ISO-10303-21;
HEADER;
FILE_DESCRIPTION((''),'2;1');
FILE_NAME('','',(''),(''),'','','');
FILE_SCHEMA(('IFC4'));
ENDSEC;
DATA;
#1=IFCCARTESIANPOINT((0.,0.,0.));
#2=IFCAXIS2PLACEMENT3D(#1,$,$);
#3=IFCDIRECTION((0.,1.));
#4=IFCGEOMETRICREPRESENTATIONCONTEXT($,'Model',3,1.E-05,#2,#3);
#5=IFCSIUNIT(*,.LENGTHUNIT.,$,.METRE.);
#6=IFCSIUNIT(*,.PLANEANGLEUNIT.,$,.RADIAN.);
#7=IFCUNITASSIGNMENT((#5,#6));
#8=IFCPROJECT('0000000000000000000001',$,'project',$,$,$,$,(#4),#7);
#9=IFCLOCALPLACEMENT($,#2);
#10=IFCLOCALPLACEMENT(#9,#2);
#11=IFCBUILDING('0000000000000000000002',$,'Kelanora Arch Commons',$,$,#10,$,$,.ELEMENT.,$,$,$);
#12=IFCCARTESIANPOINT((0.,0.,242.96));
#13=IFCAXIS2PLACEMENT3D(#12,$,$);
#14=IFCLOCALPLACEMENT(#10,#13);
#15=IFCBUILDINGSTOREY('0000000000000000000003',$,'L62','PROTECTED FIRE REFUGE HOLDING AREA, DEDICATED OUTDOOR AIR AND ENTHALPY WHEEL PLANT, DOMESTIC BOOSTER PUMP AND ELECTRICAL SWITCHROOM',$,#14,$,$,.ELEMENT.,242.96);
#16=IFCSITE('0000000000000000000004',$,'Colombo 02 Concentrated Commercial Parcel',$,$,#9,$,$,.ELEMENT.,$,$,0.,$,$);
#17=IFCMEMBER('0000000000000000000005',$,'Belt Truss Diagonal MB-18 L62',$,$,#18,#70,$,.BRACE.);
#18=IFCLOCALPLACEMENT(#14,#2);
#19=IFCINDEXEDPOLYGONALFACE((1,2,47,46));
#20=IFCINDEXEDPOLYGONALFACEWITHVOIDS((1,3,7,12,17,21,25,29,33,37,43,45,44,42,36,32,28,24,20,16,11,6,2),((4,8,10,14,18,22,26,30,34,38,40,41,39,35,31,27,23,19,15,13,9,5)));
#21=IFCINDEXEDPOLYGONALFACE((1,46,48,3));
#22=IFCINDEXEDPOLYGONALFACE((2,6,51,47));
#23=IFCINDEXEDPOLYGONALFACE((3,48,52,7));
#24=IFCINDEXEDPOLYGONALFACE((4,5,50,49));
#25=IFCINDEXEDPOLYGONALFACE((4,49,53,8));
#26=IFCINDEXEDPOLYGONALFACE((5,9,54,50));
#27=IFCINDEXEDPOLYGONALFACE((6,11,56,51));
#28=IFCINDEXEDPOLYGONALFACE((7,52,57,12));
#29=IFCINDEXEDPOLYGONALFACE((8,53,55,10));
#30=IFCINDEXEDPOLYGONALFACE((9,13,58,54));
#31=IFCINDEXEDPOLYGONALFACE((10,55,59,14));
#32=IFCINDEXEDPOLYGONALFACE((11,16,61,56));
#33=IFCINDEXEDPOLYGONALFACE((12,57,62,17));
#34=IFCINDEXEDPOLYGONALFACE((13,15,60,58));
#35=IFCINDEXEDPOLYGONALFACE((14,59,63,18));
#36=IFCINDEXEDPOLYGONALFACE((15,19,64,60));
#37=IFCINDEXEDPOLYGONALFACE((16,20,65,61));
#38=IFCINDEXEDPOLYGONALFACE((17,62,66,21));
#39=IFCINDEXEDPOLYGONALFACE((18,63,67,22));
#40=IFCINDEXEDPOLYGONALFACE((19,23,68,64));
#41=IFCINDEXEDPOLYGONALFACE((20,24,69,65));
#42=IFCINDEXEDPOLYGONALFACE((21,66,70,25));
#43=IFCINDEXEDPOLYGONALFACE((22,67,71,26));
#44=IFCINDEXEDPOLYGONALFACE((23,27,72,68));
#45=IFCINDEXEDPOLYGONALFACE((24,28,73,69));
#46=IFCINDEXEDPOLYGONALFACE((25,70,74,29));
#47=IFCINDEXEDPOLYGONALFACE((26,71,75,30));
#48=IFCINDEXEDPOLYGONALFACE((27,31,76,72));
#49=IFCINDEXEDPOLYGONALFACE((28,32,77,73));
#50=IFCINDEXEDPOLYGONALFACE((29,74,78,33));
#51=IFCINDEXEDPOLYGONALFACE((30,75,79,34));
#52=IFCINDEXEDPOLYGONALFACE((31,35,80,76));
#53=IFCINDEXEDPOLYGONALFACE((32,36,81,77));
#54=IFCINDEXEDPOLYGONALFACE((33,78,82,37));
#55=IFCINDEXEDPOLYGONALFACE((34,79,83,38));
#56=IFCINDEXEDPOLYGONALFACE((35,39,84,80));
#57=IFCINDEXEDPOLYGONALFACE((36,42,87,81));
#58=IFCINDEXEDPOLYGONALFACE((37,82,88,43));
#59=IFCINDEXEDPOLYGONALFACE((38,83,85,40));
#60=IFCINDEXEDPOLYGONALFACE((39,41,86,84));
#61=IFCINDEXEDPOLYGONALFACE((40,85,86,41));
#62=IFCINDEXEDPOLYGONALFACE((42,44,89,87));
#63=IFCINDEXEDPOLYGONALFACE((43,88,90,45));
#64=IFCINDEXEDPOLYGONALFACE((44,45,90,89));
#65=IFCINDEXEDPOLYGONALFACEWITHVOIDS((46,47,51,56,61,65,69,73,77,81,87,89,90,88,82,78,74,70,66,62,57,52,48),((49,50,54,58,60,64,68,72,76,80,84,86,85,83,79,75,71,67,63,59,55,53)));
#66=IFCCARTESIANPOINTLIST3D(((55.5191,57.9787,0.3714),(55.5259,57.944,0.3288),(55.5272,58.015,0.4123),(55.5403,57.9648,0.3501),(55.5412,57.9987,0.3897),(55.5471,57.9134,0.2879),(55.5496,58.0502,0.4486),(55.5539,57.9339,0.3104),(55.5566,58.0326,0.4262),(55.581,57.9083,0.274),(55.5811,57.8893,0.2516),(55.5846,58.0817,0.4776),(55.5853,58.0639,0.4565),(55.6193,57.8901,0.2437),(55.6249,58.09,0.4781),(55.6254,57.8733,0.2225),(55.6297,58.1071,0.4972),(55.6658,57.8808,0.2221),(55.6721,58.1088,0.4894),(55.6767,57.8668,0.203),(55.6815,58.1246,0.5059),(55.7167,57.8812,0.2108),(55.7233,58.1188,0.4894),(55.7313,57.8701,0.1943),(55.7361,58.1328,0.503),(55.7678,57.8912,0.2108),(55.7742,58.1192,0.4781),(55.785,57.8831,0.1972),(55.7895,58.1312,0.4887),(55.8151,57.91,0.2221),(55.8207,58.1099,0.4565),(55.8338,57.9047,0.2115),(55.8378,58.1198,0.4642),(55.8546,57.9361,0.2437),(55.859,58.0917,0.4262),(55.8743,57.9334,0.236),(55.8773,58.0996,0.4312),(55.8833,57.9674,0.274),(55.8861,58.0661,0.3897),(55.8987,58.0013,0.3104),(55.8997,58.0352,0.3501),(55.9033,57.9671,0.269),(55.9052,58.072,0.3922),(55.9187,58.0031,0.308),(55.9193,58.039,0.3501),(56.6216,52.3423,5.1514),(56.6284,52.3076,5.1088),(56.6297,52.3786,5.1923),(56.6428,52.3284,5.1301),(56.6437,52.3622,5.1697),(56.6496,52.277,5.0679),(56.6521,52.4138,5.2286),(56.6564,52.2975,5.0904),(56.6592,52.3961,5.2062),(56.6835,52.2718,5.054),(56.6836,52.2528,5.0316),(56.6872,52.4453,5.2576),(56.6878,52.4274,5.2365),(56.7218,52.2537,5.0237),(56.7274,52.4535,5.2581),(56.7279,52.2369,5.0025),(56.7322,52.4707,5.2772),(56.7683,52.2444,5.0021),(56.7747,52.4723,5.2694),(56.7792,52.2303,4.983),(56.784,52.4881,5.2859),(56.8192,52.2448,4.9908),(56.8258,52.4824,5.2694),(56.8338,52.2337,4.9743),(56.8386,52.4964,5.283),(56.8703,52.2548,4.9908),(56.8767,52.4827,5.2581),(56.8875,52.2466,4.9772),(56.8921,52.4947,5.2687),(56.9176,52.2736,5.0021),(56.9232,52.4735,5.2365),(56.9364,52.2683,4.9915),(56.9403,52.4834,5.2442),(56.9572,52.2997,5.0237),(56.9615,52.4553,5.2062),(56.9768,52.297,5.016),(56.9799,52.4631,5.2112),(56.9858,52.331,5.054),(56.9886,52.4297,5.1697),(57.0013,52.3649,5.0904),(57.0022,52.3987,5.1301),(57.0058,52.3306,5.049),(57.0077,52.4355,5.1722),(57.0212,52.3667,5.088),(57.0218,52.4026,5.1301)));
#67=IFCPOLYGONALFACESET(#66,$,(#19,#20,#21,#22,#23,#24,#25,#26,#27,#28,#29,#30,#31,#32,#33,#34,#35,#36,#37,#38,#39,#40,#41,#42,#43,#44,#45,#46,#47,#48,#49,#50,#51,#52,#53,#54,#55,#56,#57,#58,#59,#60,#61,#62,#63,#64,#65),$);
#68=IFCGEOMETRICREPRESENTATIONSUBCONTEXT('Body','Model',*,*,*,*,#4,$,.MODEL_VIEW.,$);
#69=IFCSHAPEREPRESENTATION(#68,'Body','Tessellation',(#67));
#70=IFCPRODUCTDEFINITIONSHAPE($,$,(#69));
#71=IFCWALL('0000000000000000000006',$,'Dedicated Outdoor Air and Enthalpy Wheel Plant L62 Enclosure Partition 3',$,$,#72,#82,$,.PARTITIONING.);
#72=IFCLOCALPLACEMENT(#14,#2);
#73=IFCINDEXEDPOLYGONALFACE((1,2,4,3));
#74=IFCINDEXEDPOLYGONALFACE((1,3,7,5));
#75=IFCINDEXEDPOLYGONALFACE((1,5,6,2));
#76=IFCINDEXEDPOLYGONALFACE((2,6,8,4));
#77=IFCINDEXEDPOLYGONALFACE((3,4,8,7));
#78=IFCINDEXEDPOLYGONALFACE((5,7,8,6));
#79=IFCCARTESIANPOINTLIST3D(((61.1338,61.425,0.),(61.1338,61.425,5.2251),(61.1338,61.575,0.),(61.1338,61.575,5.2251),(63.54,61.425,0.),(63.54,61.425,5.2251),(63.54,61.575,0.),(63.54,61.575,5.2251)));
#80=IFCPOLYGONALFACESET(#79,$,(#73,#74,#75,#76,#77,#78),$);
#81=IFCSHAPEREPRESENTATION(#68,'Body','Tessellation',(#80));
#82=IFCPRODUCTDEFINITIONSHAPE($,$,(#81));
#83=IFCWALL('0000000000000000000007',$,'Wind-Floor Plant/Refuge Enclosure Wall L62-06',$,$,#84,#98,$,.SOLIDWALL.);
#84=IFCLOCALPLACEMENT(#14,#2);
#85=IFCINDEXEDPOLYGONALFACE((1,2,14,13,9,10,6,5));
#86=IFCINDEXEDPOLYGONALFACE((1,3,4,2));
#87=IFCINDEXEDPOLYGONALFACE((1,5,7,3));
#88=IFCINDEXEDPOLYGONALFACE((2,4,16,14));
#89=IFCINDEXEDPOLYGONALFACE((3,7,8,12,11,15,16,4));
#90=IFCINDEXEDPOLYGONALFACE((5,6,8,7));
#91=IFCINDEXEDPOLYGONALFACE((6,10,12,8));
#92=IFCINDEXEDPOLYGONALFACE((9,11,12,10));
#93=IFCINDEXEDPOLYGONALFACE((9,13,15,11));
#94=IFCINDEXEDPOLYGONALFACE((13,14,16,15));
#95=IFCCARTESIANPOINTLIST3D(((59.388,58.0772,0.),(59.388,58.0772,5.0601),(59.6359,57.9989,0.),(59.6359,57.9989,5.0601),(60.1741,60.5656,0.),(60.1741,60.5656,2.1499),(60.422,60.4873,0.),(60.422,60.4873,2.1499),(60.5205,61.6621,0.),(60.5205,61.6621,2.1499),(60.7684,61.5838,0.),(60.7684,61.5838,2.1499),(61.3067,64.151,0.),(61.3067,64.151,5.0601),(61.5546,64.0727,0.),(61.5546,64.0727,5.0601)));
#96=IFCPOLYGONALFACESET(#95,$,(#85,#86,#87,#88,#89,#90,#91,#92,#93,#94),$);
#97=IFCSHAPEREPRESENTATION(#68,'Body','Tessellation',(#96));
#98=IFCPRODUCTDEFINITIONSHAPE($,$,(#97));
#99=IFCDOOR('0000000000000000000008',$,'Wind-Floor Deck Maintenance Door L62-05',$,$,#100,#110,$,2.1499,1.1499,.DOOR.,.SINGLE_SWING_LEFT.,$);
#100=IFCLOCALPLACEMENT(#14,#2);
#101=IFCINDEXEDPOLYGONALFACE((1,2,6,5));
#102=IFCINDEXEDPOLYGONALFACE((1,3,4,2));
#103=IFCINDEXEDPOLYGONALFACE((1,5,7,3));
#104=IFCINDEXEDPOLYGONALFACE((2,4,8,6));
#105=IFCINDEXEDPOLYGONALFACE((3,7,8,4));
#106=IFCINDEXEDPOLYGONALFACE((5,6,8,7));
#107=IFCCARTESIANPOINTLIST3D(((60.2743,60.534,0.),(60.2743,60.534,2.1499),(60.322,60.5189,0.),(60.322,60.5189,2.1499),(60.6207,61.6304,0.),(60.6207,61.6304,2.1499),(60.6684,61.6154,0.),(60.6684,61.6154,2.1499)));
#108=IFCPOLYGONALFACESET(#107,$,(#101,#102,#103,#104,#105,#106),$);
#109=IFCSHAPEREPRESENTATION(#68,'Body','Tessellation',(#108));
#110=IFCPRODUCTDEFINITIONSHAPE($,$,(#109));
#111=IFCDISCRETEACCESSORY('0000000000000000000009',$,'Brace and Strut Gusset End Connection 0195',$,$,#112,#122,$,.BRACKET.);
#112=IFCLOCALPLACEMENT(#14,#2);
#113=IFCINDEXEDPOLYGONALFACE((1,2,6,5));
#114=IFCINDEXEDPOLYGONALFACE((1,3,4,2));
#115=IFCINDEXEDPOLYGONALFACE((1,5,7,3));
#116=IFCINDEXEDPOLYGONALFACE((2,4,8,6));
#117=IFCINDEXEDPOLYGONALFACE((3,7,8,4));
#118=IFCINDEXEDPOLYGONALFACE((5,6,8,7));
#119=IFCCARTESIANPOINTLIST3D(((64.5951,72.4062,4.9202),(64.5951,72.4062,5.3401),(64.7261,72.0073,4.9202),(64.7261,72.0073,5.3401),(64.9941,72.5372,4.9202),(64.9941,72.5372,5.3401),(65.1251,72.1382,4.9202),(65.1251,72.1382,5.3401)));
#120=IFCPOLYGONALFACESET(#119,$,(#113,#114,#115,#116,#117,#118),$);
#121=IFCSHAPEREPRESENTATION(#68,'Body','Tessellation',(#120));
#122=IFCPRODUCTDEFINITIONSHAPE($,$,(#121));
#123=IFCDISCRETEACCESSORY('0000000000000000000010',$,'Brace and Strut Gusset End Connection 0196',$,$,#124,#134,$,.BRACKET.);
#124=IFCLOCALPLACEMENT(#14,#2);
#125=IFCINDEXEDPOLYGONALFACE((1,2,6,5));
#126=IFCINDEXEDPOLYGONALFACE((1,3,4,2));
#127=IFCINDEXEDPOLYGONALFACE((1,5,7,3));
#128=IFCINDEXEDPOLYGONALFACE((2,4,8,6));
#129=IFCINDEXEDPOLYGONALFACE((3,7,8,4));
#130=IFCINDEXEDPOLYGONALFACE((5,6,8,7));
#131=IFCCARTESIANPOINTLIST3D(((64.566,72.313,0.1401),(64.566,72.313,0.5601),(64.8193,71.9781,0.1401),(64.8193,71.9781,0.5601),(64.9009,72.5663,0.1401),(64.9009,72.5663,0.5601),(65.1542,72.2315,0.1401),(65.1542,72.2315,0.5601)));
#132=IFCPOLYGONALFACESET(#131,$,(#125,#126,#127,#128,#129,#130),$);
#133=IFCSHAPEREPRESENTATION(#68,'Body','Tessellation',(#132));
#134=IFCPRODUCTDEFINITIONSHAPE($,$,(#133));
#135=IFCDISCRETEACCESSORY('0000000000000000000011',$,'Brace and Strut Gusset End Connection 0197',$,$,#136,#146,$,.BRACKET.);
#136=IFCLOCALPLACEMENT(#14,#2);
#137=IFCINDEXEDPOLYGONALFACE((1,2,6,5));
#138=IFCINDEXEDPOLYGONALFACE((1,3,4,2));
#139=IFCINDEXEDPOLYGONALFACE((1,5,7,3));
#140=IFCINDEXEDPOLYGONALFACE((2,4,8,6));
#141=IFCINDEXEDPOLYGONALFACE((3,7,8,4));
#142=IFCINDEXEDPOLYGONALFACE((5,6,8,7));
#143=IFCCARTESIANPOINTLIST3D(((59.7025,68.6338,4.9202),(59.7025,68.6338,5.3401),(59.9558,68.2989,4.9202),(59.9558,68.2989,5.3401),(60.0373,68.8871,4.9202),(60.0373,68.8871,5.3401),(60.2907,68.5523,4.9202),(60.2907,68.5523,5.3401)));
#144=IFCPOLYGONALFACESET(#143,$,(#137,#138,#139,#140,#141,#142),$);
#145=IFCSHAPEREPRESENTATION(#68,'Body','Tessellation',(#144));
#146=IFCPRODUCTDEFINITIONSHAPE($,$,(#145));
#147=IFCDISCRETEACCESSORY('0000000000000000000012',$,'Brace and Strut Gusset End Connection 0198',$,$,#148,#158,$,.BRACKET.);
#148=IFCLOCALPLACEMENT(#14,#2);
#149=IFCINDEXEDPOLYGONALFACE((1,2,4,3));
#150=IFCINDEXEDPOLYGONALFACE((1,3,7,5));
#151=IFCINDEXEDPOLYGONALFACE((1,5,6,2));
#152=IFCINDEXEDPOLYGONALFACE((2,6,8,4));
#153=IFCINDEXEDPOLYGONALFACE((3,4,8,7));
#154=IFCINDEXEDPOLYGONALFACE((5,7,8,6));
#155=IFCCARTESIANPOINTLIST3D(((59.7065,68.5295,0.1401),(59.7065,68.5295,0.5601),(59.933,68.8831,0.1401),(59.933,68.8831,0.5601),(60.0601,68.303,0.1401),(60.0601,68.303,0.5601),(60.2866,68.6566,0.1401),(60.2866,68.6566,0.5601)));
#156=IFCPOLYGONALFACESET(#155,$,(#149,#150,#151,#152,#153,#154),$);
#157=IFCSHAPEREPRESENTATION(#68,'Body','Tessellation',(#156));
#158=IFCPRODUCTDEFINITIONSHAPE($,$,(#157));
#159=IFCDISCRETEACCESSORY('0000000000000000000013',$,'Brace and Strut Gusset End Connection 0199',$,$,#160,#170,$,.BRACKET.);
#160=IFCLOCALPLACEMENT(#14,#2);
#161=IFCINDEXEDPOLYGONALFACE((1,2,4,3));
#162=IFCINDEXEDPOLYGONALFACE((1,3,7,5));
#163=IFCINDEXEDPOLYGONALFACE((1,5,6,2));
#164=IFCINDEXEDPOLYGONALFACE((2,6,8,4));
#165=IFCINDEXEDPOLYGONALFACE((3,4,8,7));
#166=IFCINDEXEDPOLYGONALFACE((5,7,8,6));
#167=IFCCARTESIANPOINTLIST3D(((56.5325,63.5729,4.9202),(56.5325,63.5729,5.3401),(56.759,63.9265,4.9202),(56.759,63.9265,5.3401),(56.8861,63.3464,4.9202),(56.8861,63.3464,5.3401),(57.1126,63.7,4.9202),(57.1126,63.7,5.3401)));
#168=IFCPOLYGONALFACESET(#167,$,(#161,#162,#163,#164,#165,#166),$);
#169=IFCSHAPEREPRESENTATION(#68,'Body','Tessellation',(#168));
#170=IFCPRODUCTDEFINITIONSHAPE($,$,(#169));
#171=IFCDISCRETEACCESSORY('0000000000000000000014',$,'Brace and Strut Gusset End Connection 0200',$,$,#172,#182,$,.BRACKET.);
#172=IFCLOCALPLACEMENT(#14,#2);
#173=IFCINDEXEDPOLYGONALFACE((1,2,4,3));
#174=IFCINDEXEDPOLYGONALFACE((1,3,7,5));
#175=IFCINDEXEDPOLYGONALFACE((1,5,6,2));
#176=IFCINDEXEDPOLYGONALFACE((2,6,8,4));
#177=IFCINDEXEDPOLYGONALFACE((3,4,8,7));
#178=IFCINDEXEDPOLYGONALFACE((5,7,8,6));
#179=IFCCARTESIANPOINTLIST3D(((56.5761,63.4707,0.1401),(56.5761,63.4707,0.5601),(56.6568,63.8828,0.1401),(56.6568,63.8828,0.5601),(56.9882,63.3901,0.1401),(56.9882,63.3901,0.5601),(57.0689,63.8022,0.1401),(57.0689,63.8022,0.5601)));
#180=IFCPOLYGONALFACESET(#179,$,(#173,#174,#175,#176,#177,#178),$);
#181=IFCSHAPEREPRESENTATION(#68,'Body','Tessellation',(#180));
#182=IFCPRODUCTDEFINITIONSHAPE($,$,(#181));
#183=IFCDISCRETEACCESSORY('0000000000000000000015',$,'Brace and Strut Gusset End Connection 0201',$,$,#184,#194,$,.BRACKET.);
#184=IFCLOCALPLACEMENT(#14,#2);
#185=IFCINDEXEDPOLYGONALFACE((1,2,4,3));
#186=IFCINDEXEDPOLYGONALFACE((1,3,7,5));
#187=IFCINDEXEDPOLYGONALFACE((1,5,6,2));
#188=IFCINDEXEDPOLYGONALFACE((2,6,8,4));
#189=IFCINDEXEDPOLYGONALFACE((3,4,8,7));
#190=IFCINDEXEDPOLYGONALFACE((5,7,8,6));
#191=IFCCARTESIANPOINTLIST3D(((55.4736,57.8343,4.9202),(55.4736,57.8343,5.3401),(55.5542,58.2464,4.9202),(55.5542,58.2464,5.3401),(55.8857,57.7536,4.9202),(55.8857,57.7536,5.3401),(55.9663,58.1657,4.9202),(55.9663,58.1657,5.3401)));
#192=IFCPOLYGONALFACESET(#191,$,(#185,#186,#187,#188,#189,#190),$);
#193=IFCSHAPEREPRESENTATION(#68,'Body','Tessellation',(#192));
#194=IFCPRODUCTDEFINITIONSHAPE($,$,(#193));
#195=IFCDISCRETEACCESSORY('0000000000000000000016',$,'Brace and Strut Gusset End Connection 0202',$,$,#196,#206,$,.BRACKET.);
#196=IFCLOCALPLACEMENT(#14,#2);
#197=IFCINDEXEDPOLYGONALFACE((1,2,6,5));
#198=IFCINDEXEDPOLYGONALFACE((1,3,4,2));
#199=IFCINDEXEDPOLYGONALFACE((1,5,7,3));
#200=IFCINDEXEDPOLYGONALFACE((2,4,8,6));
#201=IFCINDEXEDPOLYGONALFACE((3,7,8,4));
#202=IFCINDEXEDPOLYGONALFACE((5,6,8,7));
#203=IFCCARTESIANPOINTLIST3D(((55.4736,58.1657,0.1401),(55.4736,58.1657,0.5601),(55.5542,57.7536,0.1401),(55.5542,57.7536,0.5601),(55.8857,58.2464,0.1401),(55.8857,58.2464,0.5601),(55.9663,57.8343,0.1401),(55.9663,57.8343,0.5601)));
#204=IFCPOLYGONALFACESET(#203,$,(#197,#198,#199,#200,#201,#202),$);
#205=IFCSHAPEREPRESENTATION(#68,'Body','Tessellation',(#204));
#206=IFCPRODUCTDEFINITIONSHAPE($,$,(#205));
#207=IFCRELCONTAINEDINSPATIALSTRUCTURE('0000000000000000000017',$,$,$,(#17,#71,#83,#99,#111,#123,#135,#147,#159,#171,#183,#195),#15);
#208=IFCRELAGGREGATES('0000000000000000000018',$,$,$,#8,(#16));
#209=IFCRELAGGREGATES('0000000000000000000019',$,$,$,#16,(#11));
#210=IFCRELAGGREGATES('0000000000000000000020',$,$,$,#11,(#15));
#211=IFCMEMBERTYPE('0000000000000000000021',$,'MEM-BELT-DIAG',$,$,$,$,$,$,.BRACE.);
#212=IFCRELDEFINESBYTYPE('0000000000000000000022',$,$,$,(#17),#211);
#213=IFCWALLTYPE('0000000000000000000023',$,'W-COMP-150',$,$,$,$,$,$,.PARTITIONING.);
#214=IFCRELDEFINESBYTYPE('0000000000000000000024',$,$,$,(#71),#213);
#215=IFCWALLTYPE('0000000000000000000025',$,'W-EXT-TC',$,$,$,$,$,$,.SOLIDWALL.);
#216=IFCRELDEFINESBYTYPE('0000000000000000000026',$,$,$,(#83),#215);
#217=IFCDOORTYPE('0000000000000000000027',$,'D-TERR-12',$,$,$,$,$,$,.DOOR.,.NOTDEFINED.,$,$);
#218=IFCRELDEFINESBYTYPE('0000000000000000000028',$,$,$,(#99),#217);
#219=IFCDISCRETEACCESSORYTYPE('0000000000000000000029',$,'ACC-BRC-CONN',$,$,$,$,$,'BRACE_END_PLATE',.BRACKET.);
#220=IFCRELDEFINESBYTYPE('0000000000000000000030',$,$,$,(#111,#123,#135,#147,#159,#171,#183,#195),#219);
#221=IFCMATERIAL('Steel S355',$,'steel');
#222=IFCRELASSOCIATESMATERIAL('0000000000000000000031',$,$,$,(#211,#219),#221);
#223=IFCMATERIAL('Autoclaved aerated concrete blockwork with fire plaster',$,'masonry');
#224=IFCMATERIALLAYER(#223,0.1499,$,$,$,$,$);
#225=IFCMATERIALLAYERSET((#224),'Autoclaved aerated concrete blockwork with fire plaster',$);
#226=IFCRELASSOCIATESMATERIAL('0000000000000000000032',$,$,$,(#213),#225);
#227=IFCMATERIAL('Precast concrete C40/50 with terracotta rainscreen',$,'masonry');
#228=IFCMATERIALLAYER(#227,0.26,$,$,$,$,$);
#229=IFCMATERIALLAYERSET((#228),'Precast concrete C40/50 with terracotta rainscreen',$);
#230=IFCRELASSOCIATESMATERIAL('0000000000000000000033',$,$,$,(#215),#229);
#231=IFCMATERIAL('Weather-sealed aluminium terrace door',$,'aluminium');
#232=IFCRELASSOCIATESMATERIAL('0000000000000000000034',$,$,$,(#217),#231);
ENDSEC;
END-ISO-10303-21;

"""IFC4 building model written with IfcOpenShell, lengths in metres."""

from ifc_helpers import new_model, si_unit, direction, frame, frame_2d, origin, origin_2d, place, context, subcontext, project, spatial, rectangle, hollow_circle, extrude, source, transform, mapped, material, layer, layer_set, material_profile, profile_set, type_object, element, fill, save


model = new_model("IFC4")

# Units and contexts
model_context = context("Model", 3, precision=1e-05, world=origin(), true_north=direction((0.0, 1.0)))
body_context = subcontext(model_context, "Body", "Model", "MODEL_VIEW")
ifc_project = project(units=[si_unit("LENGTHUNIT", "METRE"), si_unit("PLANEANGLEUNIT", "RADIAN")], contexts=[model_context])

# Site, building, storey
site_placement = place(None, origin())
site = spatial("IfcSite", under=ifc_project, at=site_placement, Name="Colombo 02 Concentrated Commercial Parcel", CompositionType="ELEMENT", RefElevation=0.0)
building_placement = place(site_placement, origin())
building = spatial("IfcBuilding", under=site, at=building_placement, Name="Kelanora Arch Commons", CompositionType="ELEMENT")
storey_placement = place(building_placement, frame((0.0, 0.0, 242.96)))
storey = spatial("IfcBuildingStorey", under=building, at=storey_placement, Name="L62", Description="PROTECTED FIRE REFUGE HOLDING AREA, DEDICATED OUTDOOR AIR AND ENTHALPY WHEEL PLANT, DOMESTIC BOOSTER PUMP AND ELECTRICAL SWITCHROOM", CompositionType="ELEMENT", Elevation=242.96)

# Shared definitions
ifc_material_1 = material(Name="Steel S355", Category="steel")

# Member
ifc_material_profile_1 = material_profile(ifc_material_1, hollow_circle(Radius=0.2031, WallThickness=0.02, at=origin_2d()), Name="CHS406.4x20")
ifc_profile_set_1 = profile_set([ifc_material_profile_1], Name="Steel S355")
member_type = type_object("IfcMemberType", Name="MEM-BELT-DIAG", PredefinedType="BRACE", material=ifc_profile_set_1)
for number, where, z_axis, x_axis, name in (
    (1, (55.72, 58.0, 0.3501), (0.147552, -0.754324, 0.639706), (0.981401, 0.19197, 0.0), "Belt Truss Diagonal MB-18 L62"),
):
    element("IfcMember", number, at=place(storey_placement, frame(where, z_axis=z_axis, x_axis=x_axis)), inside=storey, type_object=member_type, Name=name, PredefinedType="BRACE", context=body_context, shape_type="SweptSolid", body=[
        extrude(hollow_circle(Radius=0.2031, WallThickness=0.02, at=origin_2d()), origin(), (0.0, 0.0, 1.0), 7.4722),
    ])

# Wall
ifc_material_2 = material(Name="Autoclaved aerated concrete blockwork with fire plaster", Category="masonry")
ifc_layer_1 = layer(ifc_material_2, 0.1499)
ifc_layer_set_1 = layer_set([ifc_layer_1], Name="Autoclaved aerated concrete blockwork with fire plaster")
wall_type_1 = type_object("IfcWallType", Name="W-COMP-150", PredefinedType="PARTITIONING", material=ifc_layer_set_1)
wall_1_placement = place(storey_placement, frame((63.54, 61.5, 0.0), z_axis=(0.0, 0.0, 1.0), x_axis=(-1.0, 0.0, 0.0)))
element("IfcWall", 2, at=wall_1_placement, inside=storey, type_object=wall_type_1, Name="Dedicated Outdoor Air and Enthalpy Wheel Plant L62 Enclosure Partition 3", PredefinedType="PARTITIONING", context=body_context, shape_type="SweptSolid", body=[
    extrude(rectangle(XDim=2.4062, YDim=0.1499, at=frame_2d((1.2031, 0.0))), origin(), (0.0, 0.0, 1.0), 5.2251),
])

# Wall, opening, door
ifc_material_3 = material(Name="Precast concrete C40/50 with terracotta rainscreen", Category="masonry")
ifc_layer_2 = layer(ifc_material_3, 0.26)
ifc_layer_set_2 = layer_set([ifc_layer_2], Name="Precast concrete C40/50 with terracotta rainscreen")
wall_type_2 = type_object("IfcWallType", Name="W-EXT-TC", PredefinedType="SOLIDWALL", material=ifc_layer_set_2)
wall_2_placement = place(storey_placement, frame((61.4307, 64.1118, 0.0), z_axis=(0.0, 0.0, 1.0), x_axis=(-0.301229, -0.953552, 0.0)))
wall_2 = element("IfcWall", 3, at=wall_2_placement, inside=storey, type_object=wall_type_2, Name="Wind-Floor Plant/Refuge Enclosure Wall L62-06", PredefinedType="SOLIDWALL", context=body_context, shape_type="SweptSolid", body=[
    extrude(rectangle(XDim=6.3696, YDim=0.26, at=frame_2d((3.1848, 0.0))), origin(), (0.0, 0.0, 1.0), 5.0601),
])
opening_placement = place(wall_2_placement, frame((2.6101, 0.0, 0.0)))
opening = element("IfcOpeningElement", 4, at=opening_placement, cuts=wall_2, PredefinedType="OPENING", context=body_context, shape_type="SweptSolid", body=[
    extrude(rectangle(XDim=1.1499, YDim=2.1499, at=frame_2d((0.575, 1.075))), frame((0.0, 0.1401, 0.0), z_axis=(0.0, -1.0, 0.0), x_axis=(1.0, 0.0, 0.0)), (0.0, 0.0, 1.0), 0.28),
])
ifc_material_4 = material(Name="Weather-sealed aluminium terrace door", Category="aluminium")
door_type = type_object("IfcDoorType", Name="D-TERR-12", OperationType="NOTDEFINED", PredefinedType="DOOR", material=ifc_material_4)
door_placement = place(opening_placement, frame((1.1499, 0.0, 0.0), z_axis=(0.0, 0.0, 1.0), x_axis=(-1.0, 0.0, 0.0)))
door = element("IfcDoor", 5, at=door_placement, inside=storey, type_object=door_type, Name="Wind-Floor Deck Maintenance Door L62-05", OperationType="SINGLE_SWING_LEFT", OverallHeight=2.1499, OverallWidth=1.1499, PredefinedType="DOOR", context=body_context, shape_type="SweptSolid", body=[
    extrude(rectangle(XDim=1.1499, YDim=2.1499, at=frame_2d((0.575, 1.075))), frame((0.0, 0.0249, 0.0), z_axis=(0.0, -1.0, 0.0), x_axis=(1.0, 0.0, 0.0)), (0.0, 0.0, 1.0), 0.05),
])
fill(opening, door)

# Discrete accessories
discrete_accessory_type = type_object("IfcDiscreteAccessoryType", Name="ACC-BRC-CONN", ElementType="BRACE_END_PLATE", PredefinedType="BRACKET", material=ifc_material_1)
shared_shape = source(origin(), body_context, "Body", "SweptSolid", [
    extrude(rectangle(XDim=0.4199, YDim=0.4199, at=origin_2d()), origin(), (0.0, 0.0, 1.0), 0.4199),
])
for number, where, z_axis, x_axis, name in (
    (6, (64.8601, 72.2722, 4.9202), (0.0, 0.0, 1.0), (-0.950135, -0.311837, 0.0), "Brace and Strut Gusset End Connection 0195"),
    (7, (64.8601, 72.2722, 0.1401), (0.0, 0.0, 1.0), (-0.797479, -0.603347, 0.0), "Brace and Strut Gusset End Connection 0196"),
    (8, (59.9966, 68.593, 4.9202), (0.0, 0.0, 1.0), (-0.797479, -0.603347, 0.0), "Brace and Strut Gusset End Connection 0197"),
    (9, (59.9966, 68.593, 0.1401), (0.0, 0.0, 1.0), (-0.539359, -0.842076, 0.0), "Brace and Strut Gusset End Connection 0198"),
    (10, (56.8225, 63.6365, 4.9202), (0.0, 0.0, 1.0), (-0.539359, -0.842076, 0.0), "Brace and Strut Gusset End Connection 0199"),
    (11, (56.8225, 63.6365, 0.1401), (0.0, 0.0, 1.0), (-0.192008, -0.981393, 0.0), "Brace and Strut Gusset End Connection 0200"),
    (12, (55.72, 58.0, 4.9202), (0.0, 0.0, 1.0), (-0.192008, -0.981393, 0.0), "Brace and Strut Gusset End Connection 0201"),
    (13, (55.72, 58.0, 0.1401), (0.0, 0.0, 1.0), (0.192008, -0.981393, 0.0), "Brace and Strut Gusset End Connection 0202"),
):
    element("IfcDiscreteAccessory", number, at=place(storey_placement, frame(where, z_axis=z_axis, x_axis=x_axis)), inside=storey, type_object=discrete_accessory_type, Name=name, PredefinedType="BRACKET", context=body_context, shape_type="MappedRepresentation", body=[
        mapped(shared_shape, transform((0.0, 0.0, 0.0), scale=1.0)),
    ])

save(model, "model.ifc")
